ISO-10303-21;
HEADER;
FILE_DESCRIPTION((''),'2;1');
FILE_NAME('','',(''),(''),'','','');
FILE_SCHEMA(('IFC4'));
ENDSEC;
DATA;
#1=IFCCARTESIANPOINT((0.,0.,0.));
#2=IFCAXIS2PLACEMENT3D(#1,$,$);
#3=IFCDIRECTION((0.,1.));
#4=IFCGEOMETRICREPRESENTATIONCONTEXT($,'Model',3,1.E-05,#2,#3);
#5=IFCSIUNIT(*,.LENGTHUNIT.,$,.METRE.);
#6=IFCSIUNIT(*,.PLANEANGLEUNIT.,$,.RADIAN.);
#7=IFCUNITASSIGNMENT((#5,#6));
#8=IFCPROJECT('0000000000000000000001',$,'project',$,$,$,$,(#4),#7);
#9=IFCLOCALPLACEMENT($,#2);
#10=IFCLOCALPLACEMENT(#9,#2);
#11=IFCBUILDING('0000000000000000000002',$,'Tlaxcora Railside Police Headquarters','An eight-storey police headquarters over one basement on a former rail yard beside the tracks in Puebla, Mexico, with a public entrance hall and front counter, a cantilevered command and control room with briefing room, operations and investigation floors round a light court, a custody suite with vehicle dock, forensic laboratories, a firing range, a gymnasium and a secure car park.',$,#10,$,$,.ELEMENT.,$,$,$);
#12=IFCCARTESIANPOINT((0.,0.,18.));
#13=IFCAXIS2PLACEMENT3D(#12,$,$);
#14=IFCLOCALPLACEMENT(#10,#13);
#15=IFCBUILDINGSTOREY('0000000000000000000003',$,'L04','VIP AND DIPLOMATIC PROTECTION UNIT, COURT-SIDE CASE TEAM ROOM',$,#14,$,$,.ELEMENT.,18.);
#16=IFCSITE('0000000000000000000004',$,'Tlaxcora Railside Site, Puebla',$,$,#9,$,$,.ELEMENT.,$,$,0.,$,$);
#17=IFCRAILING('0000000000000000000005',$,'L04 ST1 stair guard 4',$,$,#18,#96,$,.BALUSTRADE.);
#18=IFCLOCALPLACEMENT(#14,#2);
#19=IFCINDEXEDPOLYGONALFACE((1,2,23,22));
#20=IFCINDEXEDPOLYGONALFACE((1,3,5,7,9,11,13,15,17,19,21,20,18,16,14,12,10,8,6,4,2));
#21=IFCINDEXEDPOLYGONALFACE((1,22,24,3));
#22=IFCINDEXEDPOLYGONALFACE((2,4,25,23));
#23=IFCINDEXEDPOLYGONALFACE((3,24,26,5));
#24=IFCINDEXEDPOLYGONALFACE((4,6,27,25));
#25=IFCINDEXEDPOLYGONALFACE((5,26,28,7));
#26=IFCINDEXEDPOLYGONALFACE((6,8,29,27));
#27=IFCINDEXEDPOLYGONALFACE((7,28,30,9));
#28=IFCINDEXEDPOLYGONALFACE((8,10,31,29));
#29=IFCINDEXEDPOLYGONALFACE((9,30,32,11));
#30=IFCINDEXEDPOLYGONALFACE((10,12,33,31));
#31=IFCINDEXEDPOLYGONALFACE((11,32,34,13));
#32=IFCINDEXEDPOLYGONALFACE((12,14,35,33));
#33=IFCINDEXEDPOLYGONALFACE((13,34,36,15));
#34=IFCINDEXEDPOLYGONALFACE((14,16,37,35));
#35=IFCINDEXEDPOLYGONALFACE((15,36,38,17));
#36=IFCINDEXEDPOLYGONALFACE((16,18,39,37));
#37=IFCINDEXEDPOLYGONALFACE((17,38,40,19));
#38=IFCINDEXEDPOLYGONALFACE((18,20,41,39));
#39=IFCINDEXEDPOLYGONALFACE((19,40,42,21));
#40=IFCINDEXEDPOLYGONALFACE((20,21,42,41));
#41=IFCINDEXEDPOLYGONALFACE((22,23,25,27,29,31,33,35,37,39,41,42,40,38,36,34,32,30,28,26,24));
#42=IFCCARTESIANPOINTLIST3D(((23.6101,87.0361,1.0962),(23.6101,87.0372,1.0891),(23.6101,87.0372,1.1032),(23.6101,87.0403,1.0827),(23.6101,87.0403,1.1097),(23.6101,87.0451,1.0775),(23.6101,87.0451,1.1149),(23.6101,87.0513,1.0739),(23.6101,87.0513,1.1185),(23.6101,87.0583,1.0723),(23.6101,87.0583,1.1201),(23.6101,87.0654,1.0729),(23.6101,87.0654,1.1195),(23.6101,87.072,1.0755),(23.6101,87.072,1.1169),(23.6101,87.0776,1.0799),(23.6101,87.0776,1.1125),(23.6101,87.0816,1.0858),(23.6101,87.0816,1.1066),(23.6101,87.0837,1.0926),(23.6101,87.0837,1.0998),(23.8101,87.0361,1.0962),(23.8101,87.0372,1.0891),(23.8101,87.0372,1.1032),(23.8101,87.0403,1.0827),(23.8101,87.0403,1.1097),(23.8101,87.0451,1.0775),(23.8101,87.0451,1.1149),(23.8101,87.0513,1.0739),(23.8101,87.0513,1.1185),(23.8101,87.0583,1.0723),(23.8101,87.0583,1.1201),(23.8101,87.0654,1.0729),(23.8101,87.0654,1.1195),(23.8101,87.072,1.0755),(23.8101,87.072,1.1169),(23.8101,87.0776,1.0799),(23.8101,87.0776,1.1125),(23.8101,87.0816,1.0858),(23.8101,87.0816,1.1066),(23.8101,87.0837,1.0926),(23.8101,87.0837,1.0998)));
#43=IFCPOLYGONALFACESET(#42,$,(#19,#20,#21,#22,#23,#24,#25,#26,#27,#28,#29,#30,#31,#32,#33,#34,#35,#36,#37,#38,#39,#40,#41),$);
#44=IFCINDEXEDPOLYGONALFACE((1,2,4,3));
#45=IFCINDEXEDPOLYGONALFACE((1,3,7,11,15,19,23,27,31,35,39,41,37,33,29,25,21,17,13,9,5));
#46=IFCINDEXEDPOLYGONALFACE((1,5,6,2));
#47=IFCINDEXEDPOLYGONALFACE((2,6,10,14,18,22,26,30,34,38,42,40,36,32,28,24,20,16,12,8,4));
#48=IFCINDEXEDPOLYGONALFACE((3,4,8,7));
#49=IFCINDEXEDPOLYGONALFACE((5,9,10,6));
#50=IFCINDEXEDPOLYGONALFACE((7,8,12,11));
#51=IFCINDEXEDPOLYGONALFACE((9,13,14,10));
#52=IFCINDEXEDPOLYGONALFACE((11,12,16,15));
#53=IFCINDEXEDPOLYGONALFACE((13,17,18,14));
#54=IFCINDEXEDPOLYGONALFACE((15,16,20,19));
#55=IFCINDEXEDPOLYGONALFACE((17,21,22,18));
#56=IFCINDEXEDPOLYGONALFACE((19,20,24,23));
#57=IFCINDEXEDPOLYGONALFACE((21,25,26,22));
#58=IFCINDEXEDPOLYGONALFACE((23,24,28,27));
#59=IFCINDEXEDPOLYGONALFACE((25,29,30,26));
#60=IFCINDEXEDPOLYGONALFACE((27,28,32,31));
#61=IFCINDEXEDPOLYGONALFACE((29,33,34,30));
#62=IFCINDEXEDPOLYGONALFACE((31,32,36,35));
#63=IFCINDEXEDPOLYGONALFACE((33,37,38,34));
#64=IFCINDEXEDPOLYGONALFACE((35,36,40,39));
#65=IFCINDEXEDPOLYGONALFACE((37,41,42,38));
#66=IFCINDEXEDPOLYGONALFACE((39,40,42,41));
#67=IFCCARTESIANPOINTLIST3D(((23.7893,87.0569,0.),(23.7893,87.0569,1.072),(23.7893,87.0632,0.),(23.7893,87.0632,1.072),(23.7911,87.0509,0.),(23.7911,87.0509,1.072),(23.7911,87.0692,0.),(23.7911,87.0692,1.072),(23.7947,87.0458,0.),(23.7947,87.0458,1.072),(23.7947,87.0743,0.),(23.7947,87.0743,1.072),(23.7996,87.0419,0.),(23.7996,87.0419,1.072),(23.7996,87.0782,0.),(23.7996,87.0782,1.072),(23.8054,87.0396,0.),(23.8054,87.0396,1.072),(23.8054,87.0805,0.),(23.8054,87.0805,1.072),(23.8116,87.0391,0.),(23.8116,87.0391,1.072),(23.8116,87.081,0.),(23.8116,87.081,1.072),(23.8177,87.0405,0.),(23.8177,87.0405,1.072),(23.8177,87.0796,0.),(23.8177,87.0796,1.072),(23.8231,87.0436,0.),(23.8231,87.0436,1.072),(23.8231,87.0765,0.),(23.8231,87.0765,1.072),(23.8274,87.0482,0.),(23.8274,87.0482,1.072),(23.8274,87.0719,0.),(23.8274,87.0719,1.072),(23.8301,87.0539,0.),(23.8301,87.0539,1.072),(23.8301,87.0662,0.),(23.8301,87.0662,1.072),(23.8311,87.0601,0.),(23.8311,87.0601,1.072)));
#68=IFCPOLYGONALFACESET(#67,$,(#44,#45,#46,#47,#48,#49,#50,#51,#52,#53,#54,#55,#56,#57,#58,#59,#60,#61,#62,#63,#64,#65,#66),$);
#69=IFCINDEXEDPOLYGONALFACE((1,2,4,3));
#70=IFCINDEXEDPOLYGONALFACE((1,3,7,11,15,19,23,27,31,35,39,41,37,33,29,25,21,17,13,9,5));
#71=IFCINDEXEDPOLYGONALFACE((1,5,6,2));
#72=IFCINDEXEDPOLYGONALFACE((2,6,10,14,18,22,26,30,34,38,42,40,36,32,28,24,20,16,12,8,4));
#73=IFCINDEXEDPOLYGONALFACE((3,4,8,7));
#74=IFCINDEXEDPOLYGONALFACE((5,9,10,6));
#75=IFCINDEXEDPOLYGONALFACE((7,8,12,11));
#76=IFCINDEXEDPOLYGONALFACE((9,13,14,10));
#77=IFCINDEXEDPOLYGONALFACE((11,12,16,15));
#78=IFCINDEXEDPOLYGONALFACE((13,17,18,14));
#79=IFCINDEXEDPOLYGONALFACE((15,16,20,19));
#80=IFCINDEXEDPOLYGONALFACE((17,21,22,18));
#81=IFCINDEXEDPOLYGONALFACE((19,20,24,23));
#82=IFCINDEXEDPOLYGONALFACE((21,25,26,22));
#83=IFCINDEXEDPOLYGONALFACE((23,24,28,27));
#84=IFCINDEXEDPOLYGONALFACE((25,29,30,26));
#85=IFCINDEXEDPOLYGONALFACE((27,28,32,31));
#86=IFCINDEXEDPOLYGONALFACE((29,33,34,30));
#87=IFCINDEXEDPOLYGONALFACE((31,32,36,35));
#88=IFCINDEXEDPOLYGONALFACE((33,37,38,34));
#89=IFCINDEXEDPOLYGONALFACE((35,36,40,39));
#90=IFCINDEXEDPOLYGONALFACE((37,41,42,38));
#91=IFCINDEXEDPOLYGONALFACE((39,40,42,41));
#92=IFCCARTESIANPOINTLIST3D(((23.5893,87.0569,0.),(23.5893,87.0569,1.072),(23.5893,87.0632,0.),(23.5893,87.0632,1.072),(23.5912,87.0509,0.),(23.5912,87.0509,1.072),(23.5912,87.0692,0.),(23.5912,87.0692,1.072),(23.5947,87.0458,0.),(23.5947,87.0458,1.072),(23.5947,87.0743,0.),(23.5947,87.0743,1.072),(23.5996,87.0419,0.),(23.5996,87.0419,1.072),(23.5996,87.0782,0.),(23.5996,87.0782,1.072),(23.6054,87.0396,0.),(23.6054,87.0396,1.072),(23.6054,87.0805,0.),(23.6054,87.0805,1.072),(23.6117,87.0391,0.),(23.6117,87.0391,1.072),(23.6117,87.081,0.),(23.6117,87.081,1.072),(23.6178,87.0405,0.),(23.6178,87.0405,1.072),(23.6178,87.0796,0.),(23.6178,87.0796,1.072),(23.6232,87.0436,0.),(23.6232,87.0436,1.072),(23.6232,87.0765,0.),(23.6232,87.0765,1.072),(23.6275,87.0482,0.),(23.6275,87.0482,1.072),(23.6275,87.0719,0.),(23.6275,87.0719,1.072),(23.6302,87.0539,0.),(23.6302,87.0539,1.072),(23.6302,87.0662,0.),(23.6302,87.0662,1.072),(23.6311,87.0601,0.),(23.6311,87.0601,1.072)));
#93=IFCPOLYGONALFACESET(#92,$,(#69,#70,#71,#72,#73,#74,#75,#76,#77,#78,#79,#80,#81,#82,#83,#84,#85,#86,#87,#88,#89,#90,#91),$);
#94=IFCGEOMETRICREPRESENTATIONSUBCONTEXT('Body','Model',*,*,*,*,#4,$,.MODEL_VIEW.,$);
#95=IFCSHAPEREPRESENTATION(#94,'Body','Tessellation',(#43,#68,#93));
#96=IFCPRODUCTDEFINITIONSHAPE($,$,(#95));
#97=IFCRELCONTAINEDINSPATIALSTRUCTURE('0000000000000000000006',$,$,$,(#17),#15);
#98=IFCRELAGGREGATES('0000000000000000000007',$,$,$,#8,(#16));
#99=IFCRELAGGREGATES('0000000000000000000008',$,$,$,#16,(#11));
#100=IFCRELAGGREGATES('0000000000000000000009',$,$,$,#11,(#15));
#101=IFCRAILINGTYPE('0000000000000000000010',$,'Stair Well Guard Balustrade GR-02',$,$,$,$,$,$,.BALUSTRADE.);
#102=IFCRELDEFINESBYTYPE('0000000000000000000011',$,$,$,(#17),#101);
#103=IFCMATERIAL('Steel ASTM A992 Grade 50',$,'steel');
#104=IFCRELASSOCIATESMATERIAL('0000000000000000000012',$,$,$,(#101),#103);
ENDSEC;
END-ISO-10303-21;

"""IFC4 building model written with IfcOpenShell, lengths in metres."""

from ifc_helpers import new_model, si_unit, direction, frame, origin, origin_2d, place, context, subcontext, project, spatial, circle, extrude, material, type_object, element, save


model = new_model("IFC4")

# Units and contexts
model_context = context("Model", 3, precision=1e-05, world=origin(), true_north=direction((0.0, 1.0)))
body_context = subcontext(model_context, "Body", "Model", "MODEL_VIEW")
ifc_project = project(units=[si_unit("LENGTHUNIT", "METRE"), si_unit("PLANEANGLEUNIT", "RADIAN")], contexts=[model_context])

# Site, building, storey
site_placement = place(None, origin())
site = spatial("IfcSite", under=ifc_project, at=site_placement, Name="Tlaxcora Railside Site, Puebla", CompositionType="ELEMENT", RefElevation=0.0)
building_placement = place(site_placement, origin())
building = spatial("IfcBuilding", under=site, at=building_placement, Name="Tlaxcora Railside Police Headquarters", Description="An eight-storey police headquarters over one basement on a former rail yard beside the tracks in Puebla, Mexico, with a public entrance hall and front counter, a cantilevered command and control room with briefing room, operations and investigation floors round a light court, a custody suite with vehicle dock, forensic laboratories, a firing range, a gymnasium and a secure car park.", CompositionType="ELEMENT")
storey_placement = place(building_placement, frame((0.0, 0.0, 18.0)))
storey = spatial("IfcBuildingStorey", under=building, at=storey_placement, Name="L04", Description="VIP AND DIPLOMATIC PROTECTION UNIT, COURT-SIDE CASE TEAM ROOM", CompositionType="ELEMENT", Elevation=18.0)

# Shared definitions
ifc_material_1 = material(Name="Steel ASTM A992 Grade 50", Category="steel")

# Railing
railing_type_1 = type_object("IfcRailingType", Name="Stair Well Guard Balustrade GR-02", PredefinedType="BALUSTRADE", material=ifc_material_1)
railing_1_placement = place(storey_placement, frame((23.8101, 87.0601, 0.0)))
element("IfcRailing", 1, at=railing_1_placement, inside=storey, type_object=railing_type_1, Name="L04 ST1 stair guard 4", PredefinedType="BALUSTRADE", context=body_context, shape_type="SweptSolid", body=[
    extrude(circle(Radius=0.0239, at=origin_2d()), frame((0.0, 0.0, 1.0962), z_axis=(-1.0, 0.0, 0.0), x_axis=(0.0, -1.0, 0.0)), (0.0, 0.0, 1.0), 0.2),
    extrude(circle(Radius=0.021, at=origin_2d()), origin(), (0.0, 0.0, 1.0), 1.072),
    extrude(circle(Radius=0.021, at=origin_2d()), frame((-0.2, 0.0, 0.0)), (0.0, 0.0, 1.0), 1.072),
])

save(model, "model.ifc")
